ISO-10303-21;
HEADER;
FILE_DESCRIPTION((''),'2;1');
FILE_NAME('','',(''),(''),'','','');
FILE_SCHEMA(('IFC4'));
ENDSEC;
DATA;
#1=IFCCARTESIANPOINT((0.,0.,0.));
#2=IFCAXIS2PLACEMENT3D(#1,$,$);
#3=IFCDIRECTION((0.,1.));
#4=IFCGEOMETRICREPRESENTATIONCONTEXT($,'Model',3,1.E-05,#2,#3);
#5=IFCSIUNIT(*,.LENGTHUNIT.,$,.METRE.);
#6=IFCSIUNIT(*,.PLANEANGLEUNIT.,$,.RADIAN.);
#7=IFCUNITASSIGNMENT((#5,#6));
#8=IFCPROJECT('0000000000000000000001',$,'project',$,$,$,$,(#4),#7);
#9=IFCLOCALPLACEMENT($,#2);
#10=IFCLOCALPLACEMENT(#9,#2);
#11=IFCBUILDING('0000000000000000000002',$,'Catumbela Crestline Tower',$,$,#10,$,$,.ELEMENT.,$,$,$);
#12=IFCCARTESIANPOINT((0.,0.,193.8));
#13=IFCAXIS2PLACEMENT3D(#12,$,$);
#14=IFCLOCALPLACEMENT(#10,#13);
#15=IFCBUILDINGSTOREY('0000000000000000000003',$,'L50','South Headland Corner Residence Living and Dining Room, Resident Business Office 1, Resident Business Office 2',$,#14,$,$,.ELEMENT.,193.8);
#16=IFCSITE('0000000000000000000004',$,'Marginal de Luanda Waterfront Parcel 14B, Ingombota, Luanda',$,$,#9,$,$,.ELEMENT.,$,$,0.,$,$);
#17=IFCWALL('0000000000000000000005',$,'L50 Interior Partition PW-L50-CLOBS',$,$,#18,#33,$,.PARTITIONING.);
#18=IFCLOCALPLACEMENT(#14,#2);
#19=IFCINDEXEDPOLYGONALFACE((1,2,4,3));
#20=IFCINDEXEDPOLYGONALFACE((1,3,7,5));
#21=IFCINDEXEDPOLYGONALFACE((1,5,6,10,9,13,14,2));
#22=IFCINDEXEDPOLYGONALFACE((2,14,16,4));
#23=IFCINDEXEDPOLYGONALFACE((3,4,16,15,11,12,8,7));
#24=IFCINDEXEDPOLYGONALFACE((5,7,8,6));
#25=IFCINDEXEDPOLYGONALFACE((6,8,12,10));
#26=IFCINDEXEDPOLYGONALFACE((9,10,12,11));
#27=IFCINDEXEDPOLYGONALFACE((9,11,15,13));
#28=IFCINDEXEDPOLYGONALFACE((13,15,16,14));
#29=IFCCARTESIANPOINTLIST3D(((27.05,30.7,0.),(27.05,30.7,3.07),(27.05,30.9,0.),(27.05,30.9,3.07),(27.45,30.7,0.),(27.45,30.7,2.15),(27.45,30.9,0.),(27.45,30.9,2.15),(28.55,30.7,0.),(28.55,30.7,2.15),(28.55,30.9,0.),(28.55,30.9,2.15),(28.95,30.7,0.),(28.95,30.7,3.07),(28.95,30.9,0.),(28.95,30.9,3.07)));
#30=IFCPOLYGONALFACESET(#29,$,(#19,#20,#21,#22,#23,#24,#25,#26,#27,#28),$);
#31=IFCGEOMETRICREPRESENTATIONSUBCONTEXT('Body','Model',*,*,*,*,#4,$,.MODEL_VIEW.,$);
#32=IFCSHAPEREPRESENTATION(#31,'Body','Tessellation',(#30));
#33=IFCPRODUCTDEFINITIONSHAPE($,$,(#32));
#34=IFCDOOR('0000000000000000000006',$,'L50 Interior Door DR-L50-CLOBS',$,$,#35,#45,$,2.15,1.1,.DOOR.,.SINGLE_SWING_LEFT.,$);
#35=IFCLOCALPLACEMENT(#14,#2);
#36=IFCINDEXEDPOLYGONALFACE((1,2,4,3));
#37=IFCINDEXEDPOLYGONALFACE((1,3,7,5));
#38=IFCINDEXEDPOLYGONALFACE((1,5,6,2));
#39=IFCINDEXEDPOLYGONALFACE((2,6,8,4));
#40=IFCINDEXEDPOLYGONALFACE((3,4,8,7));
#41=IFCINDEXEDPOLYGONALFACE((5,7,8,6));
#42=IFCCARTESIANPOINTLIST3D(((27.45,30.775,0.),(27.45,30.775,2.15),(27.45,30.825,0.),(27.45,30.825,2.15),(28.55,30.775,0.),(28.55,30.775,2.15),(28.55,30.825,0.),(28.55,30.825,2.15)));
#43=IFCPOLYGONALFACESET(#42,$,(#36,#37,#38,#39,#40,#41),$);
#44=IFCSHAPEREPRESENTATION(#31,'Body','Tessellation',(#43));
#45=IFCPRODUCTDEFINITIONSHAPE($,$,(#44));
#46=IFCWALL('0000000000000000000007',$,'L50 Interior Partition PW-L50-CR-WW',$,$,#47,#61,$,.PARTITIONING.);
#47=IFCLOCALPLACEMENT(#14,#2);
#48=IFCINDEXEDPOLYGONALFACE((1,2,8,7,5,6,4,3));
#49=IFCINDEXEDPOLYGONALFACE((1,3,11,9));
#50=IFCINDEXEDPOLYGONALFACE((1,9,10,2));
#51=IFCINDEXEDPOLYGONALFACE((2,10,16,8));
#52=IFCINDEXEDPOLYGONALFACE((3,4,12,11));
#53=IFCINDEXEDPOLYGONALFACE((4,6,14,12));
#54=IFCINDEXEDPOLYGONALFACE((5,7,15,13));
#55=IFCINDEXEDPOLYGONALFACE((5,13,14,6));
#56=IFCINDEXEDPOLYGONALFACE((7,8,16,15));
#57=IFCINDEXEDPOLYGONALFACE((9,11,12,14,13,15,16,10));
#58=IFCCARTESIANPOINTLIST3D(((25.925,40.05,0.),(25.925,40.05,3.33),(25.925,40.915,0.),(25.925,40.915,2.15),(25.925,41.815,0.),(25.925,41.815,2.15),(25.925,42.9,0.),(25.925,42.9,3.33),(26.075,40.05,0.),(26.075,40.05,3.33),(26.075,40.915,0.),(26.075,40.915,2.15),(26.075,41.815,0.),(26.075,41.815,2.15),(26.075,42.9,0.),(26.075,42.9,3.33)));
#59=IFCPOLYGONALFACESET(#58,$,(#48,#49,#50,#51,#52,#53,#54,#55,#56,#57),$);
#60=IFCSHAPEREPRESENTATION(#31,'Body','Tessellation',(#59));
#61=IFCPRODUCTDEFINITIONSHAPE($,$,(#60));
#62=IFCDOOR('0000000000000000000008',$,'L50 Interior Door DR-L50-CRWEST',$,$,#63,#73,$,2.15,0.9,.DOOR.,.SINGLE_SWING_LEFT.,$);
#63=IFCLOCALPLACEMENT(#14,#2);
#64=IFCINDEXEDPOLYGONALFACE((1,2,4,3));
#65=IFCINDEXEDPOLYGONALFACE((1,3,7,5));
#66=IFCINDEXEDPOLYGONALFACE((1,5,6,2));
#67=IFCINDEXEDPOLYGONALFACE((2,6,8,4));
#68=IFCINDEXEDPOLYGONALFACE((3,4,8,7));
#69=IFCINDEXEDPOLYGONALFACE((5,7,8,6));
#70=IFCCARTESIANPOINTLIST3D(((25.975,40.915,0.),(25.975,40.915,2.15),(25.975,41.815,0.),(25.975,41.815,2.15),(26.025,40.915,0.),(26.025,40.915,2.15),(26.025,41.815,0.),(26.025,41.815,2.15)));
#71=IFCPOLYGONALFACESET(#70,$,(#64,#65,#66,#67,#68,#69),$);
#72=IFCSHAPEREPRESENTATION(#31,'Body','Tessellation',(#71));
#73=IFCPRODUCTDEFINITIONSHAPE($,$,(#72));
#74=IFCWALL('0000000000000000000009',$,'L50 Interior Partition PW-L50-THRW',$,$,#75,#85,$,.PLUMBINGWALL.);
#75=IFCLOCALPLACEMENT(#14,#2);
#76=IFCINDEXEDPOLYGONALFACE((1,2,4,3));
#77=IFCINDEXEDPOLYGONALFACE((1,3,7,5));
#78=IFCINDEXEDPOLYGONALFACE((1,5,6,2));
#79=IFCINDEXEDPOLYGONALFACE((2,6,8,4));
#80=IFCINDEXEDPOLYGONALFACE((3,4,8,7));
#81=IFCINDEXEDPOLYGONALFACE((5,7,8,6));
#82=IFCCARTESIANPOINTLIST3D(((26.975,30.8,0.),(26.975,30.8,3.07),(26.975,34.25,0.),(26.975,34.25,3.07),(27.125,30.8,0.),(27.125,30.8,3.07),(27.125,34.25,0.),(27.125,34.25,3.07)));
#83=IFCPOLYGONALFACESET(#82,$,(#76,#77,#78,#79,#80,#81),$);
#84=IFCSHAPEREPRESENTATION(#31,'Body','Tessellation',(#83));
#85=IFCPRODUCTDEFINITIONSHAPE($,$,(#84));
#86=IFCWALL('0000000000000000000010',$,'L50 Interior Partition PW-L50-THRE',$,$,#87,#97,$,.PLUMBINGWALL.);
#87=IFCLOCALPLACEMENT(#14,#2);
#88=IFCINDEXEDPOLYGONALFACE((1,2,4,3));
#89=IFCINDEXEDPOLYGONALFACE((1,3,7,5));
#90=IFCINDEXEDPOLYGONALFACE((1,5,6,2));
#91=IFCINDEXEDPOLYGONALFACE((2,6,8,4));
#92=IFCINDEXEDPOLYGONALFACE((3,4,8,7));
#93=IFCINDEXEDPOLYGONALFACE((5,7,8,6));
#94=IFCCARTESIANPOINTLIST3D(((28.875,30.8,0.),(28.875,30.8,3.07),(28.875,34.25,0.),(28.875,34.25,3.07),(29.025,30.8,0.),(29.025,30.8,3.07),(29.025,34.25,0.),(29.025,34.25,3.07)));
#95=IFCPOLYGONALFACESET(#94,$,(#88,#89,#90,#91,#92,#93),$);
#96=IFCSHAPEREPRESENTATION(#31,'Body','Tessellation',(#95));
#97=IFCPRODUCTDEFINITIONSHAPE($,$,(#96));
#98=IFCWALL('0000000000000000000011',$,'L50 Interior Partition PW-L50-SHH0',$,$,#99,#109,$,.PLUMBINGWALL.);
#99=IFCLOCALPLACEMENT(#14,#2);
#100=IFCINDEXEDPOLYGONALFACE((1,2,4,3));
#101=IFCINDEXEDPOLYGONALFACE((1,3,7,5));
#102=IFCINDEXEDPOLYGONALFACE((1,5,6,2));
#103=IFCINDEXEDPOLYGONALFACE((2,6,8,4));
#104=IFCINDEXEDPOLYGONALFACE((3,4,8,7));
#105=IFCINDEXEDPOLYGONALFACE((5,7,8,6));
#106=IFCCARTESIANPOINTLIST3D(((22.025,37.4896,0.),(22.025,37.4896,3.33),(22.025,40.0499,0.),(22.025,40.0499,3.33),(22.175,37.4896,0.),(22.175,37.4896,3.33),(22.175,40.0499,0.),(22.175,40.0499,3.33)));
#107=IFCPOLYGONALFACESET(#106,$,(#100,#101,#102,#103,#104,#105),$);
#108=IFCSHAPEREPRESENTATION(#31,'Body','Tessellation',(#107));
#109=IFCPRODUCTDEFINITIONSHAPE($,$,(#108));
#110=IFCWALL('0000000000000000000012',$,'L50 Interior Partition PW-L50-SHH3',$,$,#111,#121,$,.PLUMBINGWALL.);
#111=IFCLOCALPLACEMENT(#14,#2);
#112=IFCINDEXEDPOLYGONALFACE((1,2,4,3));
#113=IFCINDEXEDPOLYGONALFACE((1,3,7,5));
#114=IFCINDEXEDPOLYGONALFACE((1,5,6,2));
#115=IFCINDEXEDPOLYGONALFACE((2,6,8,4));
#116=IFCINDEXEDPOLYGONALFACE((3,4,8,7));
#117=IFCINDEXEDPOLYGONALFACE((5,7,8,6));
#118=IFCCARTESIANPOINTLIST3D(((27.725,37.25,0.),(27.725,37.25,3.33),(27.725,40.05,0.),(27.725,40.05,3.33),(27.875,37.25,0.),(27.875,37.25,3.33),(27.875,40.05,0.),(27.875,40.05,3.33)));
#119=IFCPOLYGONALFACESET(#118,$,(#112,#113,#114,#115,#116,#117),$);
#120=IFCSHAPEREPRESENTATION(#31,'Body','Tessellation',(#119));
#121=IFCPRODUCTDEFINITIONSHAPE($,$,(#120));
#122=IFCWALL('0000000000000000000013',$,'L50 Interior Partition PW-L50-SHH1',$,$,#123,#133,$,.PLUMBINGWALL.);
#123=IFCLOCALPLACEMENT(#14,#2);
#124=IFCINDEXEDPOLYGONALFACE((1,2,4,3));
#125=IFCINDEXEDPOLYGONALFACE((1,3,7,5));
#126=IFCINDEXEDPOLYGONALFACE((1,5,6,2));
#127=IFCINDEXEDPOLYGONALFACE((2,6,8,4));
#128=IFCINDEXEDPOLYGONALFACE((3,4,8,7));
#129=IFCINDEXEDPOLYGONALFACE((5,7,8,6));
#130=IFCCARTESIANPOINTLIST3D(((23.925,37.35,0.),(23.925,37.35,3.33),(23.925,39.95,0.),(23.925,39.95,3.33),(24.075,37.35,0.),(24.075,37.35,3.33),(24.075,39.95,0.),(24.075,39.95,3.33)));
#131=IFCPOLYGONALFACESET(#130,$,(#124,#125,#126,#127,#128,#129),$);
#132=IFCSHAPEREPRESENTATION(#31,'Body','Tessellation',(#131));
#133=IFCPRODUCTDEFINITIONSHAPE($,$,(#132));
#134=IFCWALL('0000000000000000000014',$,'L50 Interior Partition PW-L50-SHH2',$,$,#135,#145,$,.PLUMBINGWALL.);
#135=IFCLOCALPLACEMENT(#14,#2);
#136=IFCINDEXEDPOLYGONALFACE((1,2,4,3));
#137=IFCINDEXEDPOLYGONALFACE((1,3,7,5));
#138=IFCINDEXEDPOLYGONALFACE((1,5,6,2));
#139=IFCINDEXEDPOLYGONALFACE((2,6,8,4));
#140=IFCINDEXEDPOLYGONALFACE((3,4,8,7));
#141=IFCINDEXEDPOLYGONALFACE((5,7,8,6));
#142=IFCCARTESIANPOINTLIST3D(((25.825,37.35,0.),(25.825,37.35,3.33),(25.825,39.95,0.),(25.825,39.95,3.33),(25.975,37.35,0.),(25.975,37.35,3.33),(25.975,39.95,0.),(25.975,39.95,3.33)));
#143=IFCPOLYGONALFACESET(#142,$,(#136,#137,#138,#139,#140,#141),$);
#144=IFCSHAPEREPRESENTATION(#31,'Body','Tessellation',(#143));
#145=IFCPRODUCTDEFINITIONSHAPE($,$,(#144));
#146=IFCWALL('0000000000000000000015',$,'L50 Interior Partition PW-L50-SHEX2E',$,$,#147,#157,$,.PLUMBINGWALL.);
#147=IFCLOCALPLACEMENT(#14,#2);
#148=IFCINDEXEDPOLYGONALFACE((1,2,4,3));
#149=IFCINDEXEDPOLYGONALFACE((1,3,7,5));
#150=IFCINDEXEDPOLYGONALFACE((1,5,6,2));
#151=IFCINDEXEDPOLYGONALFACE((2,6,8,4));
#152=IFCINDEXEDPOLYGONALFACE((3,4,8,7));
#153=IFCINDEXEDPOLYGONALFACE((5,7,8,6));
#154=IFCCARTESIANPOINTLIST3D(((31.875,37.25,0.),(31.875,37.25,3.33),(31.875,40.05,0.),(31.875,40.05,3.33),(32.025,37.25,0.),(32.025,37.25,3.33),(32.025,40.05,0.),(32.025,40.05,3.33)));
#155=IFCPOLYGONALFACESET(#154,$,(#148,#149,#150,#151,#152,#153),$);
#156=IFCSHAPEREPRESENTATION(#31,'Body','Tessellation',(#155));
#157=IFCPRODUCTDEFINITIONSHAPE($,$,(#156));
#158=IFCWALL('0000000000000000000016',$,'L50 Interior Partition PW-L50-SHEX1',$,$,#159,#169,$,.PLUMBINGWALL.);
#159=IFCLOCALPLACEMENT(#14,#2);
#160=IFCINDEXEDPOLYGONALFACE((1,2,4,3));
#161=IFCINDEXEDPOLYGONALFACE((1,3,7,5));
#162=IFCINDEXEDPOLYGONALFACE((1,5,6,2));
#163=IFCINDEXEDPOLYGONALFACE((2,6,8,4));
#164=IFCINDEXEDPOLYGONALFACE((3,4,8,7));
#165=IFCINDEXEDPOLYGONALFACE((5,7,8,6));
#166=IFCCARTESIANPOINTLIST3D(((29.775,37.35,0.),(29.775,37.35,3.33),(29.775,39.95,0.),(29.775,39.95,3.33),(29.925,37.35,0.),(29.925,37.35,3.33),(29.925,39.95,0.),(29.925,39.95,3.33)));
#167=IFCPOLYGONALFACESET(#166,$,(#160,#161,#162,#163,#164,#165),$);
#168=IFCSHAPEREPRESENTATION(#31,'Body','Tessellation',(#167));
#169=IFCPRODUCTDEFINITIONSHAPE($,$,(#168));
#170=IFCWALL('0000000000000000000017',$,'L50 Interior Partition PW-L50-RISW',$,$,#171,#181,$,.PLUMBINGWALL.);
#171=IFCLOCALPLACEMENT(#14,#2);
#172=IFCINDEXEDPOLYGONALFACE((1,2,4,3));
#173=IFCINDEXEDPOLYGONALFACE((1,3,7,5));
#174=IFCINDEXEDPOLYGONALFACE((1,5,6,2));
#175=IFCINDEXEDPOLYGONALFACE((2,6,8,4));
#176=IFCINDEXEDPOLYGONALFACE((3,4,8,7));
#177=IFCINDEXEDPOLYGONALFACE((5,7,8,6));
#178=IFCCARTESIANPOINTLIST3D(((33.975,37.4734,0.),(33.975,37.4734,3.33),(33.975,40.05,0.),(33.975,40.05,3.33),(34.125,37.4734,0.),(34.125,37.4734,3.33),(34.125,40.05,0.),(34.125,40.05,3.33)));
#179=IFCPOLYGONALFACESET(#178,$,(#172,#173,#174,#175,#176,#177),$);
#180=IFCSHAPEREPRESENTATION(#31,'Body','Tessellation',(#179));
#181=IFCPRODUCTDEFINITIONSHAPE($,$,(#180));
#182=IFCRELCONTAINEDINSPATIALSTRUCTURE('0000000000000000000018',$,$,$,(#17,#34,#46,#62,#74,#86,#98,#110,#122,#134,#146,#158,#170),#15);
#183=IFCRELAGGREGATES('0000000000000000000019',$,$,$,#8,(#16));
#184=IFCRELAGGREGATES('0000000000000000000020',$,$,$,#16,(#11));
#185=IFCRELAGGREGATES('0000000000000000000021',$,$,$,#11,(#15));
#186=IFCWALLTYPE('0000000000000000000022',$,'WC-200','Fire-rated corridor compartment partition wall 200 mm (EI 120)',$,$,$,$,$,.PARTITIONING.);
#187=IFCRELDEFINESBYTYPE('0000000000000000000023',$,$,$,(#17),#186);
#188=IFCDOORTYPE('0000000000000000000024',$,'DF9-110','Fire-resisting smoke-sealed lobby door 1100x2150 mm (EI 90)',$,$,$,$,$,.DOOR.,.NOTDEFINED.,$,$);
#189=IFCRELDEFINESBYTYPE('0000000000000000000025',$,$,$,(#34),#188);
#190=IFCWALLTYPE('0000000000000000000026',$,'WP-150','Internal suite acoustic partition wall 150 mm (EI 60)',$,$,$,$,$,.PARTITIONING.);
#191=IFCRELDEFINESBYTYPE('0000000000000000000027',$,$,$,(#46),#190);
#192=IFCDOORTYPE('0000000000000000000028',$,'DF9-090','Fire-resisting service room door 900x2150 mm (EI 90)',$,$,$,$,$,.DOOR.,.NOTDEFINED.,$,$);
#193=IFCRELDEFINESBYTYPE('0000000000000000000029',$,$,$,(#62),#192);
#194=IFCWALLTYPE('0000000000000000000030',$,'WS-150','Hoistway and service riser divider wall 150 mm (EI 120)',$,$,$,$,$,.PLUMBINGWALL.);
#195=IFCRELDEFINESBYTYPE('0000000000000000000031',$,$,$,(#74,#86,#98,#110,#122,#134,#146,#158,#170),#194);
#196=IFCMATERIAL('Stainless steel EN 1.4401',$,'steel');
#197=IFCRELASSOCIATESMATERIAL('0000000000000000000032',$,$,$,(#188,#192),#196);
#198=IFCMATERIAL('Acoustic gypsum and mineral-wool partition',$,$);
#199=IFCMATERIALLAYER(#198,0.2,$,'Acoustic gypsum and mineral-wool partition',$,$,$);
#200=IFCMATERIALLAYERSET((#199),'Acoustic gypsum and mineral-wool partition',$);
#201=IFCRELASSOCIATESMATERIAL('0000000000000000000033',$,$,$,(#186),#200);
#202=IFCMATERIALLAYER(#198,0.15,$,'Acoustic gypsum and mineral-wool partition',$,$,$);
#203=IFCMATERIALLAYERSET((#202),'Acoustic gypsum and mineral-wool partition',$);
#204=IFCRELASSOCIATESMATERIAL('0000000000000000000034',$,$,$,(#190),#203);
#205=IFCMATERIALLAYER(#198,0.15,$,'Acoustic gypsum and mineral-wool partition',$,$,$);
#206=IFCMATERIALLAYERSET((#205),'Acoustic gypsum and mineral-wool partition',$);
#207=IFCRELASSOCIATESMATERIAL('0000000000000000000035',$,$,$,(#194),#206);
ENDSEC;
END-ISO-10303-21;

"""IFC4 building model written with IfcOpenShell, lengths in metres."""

from ifc_helpers import new_model, si_unit, direction, frame, frame_2d, origin, place, context, subcontext, project, spatial, rectangle, extrude, material, layer, layer_set, type_object, element, fill, save


model = new_model("IFC4")

# Units and contexts
model_context = context("Model", 3, precision=1e-05, world=origin(), true_north=direction((0.0, 1.0)))
body_context = subcontext(model_context, "Body", "Model", "MODEL_VIEW")
ifc_project = project(units=[si_unit("LENGTHUNIT", "METRE"), si_unit("PLANEANGLEUNIT", "RADIAN")], contexts=[model_context])

# Site, building, storey
site_placement = place(None, origin())
site = spatial("IfcSite", under=ifc_project, at=site_placement, Name="Marginal de Luanda Waterfront Parcel 14B, Ingombota, Luanda", CompositionType="ELEMENT", RefElevation=0.0)
building_placement = place(site_placement, origin())
building = spatial("IfcBuilding", under=site, at=building_placement, Name="Catumbela Crestline Tower", CompositionType="ELEMENT")
storey_placement = place(building_placement, frame((0.0, 0.0, 193.8)))
storey = spatial("IfcBuildingStorey", under=building, at=storey_placement, Name="L50", Description="South Headland Corner Residence Living and Dining Room, Resident Business Office 1, Resident Business Office 2", CompositionType="ELEMENT", Elevation=193.8)

# Shared definitions
ifc_material_1 = material(Name="Stainless steel EN 1.4401", Category="steel")

# Walls, openings, doors
door_type_1 = type_object("IfcDoorType", Name="DF9-110", Description="Fire-resisting smoke-sealed lobby door 1100x2150 mm (EI 90)", OperationType="NOTDEFINED", PredefinedType="DOOR", material=ifc_material_1)
ifc_material_2 = material(Name="Acoustic gypsum and mineral-wool partition")
ifc_layer_1 = layer(ifc_material_2, 0.2, Name="Acoustic gypsum and mineral-wool partition")
ifc_layer_set_1 = layer_set([ifc_layer_1], Name="Acoustic gypsum and mineral-wool partition")
wall_type_1 = type_object("IfcWallType", Name="WC-200", Description="Fire-rated corridor compartment partition wall 200 mm (EI 120)", PredefinedType="PARTITIONING", material=ifc_layer_set_1)
wall_1_placement = place(storey_placement, frame((27.05, 30.8, 0.0), z_axis=(0.0, 0.0, 1.0), x_axis=(1.0, 0.0, 0.0)))
wall_1 = element("IfcWall", 1, at=wall_1_placement, inside=storey, type_object=wall_type_1, Name="L50 Interior Partition PW-L50-CLOBS", PredefinedType="PARTITIONING", context=body_context, shape_type="SweptSolid", body=[
    extrude(rectangle(XDim=1.9, YDim=0.2, at=frame_2d((0.95, 0.0))), origin(), (0.0, 0.0, 1.0), 3.07),
])
opening_1_placement = place(wall_1_placement, frame((0.4, 0.0, 0.0)))
opening_1 = element("IfcOpeningElement", 2, at=opening_1_placement, cuts=wall_1, PredefinedType="OPENING", context=body_context, shape_type="SweptSolid", body=[
    extrude(rectangle(XDim=1.1, YDim=2.15, at=frame_2d((0.55, 1.075))), frame((0.0, 0.11, 0.0), z_axis=(0.0, -1.0, 0.0), x_axis=(1.0, 0.0, 0.0)), (0.0, 0.0, 1.0), 0.22),
])
door_1_placement = place(opening_1_placement, origin())
door_1 = element("IfcDoor", 3, at=door_1_placement, inside=storey, type_object=door_type_1, Name="L50 Interior Door DR-L50-CLOBS", OperationType="SINGLE_SWING_LEFT", OverallHeight=2.15, OverallWidth=1.1, PredefinedType="DOOR", context=body_context, shape_type="SweptSolid", body=[
    extrude(rectangle(XDim=1.1, YDim=2.15, at=frame_2d((0.55, 1.075))), frame((0.0, 0.025, 0.0), z_axis=(0.0, -1.0, 0.0), x_axis=(1.0, 0.0, 0.0)), (0.0, 0.0, 1.0), 0.05),
])
fill(opening_1, door_1)
ifc_layer_2 = layer(ifc_material_2, 0.15, Name="Acoustic gypsum and mineral-wool partition")
ifc_layer_set_2 = layer_set([ifc_layer_2], Name="Acoustic gypsum and mineral-wool partition")
wall_type_2 = type_object("IfcWallType", Name="WP-150", Description="Internal suite acoustic partition wall 150 mm (EI 60)", PredefinedType="PARTITIONING", material=ifc_layer_set_2)
wall_2_placement = place(storey_placement, frame((26.0, 40.05, 0.0), z_axis=(0.0, 0.0, 1.0), x_axis=(0.0, 1.0, 0.0)))
wall_2 = element("IfcWall", 4, at=wall_2_placement, inside=storey, type_object=wall_type_2, Name="L50 Interior Partition PW-L50-CR-WW", PredefinedType="PARTITIONING", context=body_context, shape_type="SweptSolid", body=[
    extrude(rectangle(XDim=2.85, YDim=0.15, at=frame_2d((1.425, 0.0))), origin(), (0.0, 0.0, 1.0), 3.33),
])
opening_2_placement = place(wall_2_placement, frame((0.865, 0.0, 0.0)))
opening_2 = element("IfcOpeningElement", 5, at=opening_2_placement, cuts=wall_2, PredefinedType="OPENING", context=body_context, shape_type="SweptSolid", body=[
    extrude(rectangle(XDim=0.9, YDim=2.15, at=frame_2d((0.45, 1.075))), frame((0.0, 0.085, 0.0), z_axis=(0.0, -1.0, 0.0), x_axis=(1.0, 0.0, 0.0)), (0.0, 0.0, 1.0), 0.17),
])
door_type_2 = type_object("IfcDoorType", Name="DF9-090", Description="Fire-resisting service room door 900x2150 mm (EI 90)", OperationType="NOTDEFINED", PredefinedType="DOOR", material=ifc_material_1)
door_2_placement = place(opening_2_placement, origin())
door_2 = element("IfcDoor", 6, at=door_2_placement, inside=storey, type_object=door_type_2, Name="L50 Interior Door DR-L50-CRWEST", OperationType="SINGLE_SWING_LEFT", OverallHeight=2.15, OverallWidth=0.9, PredefinedType="DOOR", context=body_context, shape_type="SweptSolid", body=[
    extrude(rectangle(XDim=0.9, YDim=2.15, at=frame_2d((0.45, 1.075))), frame((0.0, 0.025, 0.0), z_axis=(0.0, -1.0, 0.0), x_axis=(1.0, 0.0, 0.0)), (0.0, 0.0, 1.0), 0.05),
])
fill(opening_2, door_2)

# Walls
ifc_layer_3 = layer(ifc_material_2, 0.15, Name="Acoustic gypsum and mineral-wool partition")
ifc_layer_set_3 = layer_set([ifc_layer_3], Name="Acoustic gypsum and mineral-wool partition")
wall_type_3 = type_object("IfcWallType", Name="WS-150", Description="Hoistway and service riser divider wall 150 mm (EI 120)", PredefinedType="PLUMBINGWALL", material=ifc_layer_set_3)
for number, where, z_axis, x_axis, name in (
    (7, (27.05, 30.8, 0.0), (0.0, 0.0, 1.0), (0.0, 1.0, 0.0), "L50 Interior Partition PW-L50-THRW"),
    (8, (28.95, 30.8, 0.0), (0.0, 0.0, 1.0), (0.0, 1.0, 0.0), "L50 Interior Partition PW-L50-THRE"),
):
    element("IfcWall", number, at=place(storey_placement, frame(where, z_axis=z_axis, x_axis=x_axis)), inside=storey, type_object=wall_type_3, Name=name, PredefinedType="PLUMBINGWALL", context=body_context, shape_type="SweptSolid", body=[
        extrude(rectangle(XDim=3.45, YDim=0.15, at=frame_2d((1.725, 0.0))), origin(), (0.0, 0.0, 1.0), 3.07),
    ])
wall_3_placement = place(storey_placement, frame((22.1, 37.4897, 0.0), z_axis=(0.0, 0.0, 1.0), x_axis=(0.0, 1.0, 0.0)))
element("IfcWall", 9, at=wall_3_placement, inside=storey, type_object=wall_type_3, Name="L50 Interior Partition PW-L50-SHH0", PredefinedType="PLUMBINGWALL", context=body_context, shape_type="SweptSolid", body=[
    extrude(rectangle(XDim=2.5603, YDim=0.15, at=frame_2d((1.2801, 0.0))), origin(), (0.0, 0.0, 1.0), 3.33),
])
wall_4_placement = place(storey_placement, frame((27.8, 37.25, 0.0), z_axis=(0.0, 0.0, 1.0), x_axis=(0.0, 1.0, 0.0)))
element("IfcWall", 10, at=wall_4_placement, inside=storey, type_object=wall_type_3, Name="L50 Interior Partition PW-L50-SHH3", PredefinedType="PLUMBINGWALL", context=body_context, shape_type="SweptSolid", body=[
    extrude(rectangle(XDim=2.8, YDim=0.15, at=frame_2d((1.4, 0.0))), origin(), (0.0, 0.0, 1.0), 3.33),
])
for number, where, z_axis, x_axis, name in (
    (11, (24.0, 37.35, 0.0), (0.0, 0.0, 1.0), (0.0, 1.0, 0.0), "L50 Interior Partition PW-L50-SHH1"),
    (12, (25.9, 37.35, 0.0), (0.0, 0.0, 1.0), (0.0, 1.0, 0.0), "L50 Interior Partition PW-L50-SHH2"),
):
    element("IfcWall", number, at=place(storey_placement, frame(where, z_axis=z_axis, x_axis=x_axis)), inside=storey, type_object=wall_type_3, Name=name, PredefinedType="PLUMBINGWALL", context=body_context, shape_type="SweptSolid", body=[
        extrude(rectangle(XDim=2.6, YDim=0.15, at=frame_2d((1.3, 0.0))), origin(), (0.0, 0.0, 1.0), 3.33),
    ])
wall_5_placement = place(storey_placement, frame((31.95, 37.25, 0.0), z_axis=(0.0, 0.0, 1.0), x_axis=(0.0, 1.0, 0.0)))
element("IfcWall", 13, at=wall_5_placement, inside=storey, type_object=wall_type_3, Name="L50 Interior Partition PW-L50-SHEX2E", PredefinedType="PLUMBINGWALL", context=body_context, shape_type="SweptSolid", body=[
    extrude(rectangle(XDim=2.8, YDim=0.15, at=frame_2d((1.4, 0.0))), origin(), (0.0, 0.0, 1.0), 3.33),
])
wall_6_placement = place(storey_placement, frame((29.85, 37.35, 0.0), z_axis=(0.0, 0.0, 1.0), x_axis=(0.0, 1.0, 0.0)))
element("IfcWall", 14, at=wall_6_placement, inside=storey, type_object=wall_type_3, Name="L50 Interior Partition PW-L50-SHEX1", PredefinedType="PLUMBINGWALL", context=body_context, shape_type="SweptSolid", body=[
    extrude(rectangle(XDim=2.6, YDim=0.15, at=frame_2d((1.3, 0.0))), origin(), (0.0, 0.0, 1.0), 3.33),
])
wall_7_placement = place(storey_placement, frame((34.05, 37.4734, 0.0), z_axis=(0.0, 0.0, 1.0), x_axis=(0.0, 1.0, 0.0)))
element("IfcWall", 15, at=wall_7_placement, inside=storey, type_object=wall_type_3, Name="L50 Interior Partition PW-L50-RISW", PredefinedType="PLUMBINGWALL", context=body_context, shape_type="SweptSolid", body=[
    extrude(rectangle(XDim=2.5766, YDim=0.15, at=frame_2d((1.2883, 0.0))), origin(), (0.0, 0.0, 1.0), 3.33),
])

save(model, "model.ifc")
